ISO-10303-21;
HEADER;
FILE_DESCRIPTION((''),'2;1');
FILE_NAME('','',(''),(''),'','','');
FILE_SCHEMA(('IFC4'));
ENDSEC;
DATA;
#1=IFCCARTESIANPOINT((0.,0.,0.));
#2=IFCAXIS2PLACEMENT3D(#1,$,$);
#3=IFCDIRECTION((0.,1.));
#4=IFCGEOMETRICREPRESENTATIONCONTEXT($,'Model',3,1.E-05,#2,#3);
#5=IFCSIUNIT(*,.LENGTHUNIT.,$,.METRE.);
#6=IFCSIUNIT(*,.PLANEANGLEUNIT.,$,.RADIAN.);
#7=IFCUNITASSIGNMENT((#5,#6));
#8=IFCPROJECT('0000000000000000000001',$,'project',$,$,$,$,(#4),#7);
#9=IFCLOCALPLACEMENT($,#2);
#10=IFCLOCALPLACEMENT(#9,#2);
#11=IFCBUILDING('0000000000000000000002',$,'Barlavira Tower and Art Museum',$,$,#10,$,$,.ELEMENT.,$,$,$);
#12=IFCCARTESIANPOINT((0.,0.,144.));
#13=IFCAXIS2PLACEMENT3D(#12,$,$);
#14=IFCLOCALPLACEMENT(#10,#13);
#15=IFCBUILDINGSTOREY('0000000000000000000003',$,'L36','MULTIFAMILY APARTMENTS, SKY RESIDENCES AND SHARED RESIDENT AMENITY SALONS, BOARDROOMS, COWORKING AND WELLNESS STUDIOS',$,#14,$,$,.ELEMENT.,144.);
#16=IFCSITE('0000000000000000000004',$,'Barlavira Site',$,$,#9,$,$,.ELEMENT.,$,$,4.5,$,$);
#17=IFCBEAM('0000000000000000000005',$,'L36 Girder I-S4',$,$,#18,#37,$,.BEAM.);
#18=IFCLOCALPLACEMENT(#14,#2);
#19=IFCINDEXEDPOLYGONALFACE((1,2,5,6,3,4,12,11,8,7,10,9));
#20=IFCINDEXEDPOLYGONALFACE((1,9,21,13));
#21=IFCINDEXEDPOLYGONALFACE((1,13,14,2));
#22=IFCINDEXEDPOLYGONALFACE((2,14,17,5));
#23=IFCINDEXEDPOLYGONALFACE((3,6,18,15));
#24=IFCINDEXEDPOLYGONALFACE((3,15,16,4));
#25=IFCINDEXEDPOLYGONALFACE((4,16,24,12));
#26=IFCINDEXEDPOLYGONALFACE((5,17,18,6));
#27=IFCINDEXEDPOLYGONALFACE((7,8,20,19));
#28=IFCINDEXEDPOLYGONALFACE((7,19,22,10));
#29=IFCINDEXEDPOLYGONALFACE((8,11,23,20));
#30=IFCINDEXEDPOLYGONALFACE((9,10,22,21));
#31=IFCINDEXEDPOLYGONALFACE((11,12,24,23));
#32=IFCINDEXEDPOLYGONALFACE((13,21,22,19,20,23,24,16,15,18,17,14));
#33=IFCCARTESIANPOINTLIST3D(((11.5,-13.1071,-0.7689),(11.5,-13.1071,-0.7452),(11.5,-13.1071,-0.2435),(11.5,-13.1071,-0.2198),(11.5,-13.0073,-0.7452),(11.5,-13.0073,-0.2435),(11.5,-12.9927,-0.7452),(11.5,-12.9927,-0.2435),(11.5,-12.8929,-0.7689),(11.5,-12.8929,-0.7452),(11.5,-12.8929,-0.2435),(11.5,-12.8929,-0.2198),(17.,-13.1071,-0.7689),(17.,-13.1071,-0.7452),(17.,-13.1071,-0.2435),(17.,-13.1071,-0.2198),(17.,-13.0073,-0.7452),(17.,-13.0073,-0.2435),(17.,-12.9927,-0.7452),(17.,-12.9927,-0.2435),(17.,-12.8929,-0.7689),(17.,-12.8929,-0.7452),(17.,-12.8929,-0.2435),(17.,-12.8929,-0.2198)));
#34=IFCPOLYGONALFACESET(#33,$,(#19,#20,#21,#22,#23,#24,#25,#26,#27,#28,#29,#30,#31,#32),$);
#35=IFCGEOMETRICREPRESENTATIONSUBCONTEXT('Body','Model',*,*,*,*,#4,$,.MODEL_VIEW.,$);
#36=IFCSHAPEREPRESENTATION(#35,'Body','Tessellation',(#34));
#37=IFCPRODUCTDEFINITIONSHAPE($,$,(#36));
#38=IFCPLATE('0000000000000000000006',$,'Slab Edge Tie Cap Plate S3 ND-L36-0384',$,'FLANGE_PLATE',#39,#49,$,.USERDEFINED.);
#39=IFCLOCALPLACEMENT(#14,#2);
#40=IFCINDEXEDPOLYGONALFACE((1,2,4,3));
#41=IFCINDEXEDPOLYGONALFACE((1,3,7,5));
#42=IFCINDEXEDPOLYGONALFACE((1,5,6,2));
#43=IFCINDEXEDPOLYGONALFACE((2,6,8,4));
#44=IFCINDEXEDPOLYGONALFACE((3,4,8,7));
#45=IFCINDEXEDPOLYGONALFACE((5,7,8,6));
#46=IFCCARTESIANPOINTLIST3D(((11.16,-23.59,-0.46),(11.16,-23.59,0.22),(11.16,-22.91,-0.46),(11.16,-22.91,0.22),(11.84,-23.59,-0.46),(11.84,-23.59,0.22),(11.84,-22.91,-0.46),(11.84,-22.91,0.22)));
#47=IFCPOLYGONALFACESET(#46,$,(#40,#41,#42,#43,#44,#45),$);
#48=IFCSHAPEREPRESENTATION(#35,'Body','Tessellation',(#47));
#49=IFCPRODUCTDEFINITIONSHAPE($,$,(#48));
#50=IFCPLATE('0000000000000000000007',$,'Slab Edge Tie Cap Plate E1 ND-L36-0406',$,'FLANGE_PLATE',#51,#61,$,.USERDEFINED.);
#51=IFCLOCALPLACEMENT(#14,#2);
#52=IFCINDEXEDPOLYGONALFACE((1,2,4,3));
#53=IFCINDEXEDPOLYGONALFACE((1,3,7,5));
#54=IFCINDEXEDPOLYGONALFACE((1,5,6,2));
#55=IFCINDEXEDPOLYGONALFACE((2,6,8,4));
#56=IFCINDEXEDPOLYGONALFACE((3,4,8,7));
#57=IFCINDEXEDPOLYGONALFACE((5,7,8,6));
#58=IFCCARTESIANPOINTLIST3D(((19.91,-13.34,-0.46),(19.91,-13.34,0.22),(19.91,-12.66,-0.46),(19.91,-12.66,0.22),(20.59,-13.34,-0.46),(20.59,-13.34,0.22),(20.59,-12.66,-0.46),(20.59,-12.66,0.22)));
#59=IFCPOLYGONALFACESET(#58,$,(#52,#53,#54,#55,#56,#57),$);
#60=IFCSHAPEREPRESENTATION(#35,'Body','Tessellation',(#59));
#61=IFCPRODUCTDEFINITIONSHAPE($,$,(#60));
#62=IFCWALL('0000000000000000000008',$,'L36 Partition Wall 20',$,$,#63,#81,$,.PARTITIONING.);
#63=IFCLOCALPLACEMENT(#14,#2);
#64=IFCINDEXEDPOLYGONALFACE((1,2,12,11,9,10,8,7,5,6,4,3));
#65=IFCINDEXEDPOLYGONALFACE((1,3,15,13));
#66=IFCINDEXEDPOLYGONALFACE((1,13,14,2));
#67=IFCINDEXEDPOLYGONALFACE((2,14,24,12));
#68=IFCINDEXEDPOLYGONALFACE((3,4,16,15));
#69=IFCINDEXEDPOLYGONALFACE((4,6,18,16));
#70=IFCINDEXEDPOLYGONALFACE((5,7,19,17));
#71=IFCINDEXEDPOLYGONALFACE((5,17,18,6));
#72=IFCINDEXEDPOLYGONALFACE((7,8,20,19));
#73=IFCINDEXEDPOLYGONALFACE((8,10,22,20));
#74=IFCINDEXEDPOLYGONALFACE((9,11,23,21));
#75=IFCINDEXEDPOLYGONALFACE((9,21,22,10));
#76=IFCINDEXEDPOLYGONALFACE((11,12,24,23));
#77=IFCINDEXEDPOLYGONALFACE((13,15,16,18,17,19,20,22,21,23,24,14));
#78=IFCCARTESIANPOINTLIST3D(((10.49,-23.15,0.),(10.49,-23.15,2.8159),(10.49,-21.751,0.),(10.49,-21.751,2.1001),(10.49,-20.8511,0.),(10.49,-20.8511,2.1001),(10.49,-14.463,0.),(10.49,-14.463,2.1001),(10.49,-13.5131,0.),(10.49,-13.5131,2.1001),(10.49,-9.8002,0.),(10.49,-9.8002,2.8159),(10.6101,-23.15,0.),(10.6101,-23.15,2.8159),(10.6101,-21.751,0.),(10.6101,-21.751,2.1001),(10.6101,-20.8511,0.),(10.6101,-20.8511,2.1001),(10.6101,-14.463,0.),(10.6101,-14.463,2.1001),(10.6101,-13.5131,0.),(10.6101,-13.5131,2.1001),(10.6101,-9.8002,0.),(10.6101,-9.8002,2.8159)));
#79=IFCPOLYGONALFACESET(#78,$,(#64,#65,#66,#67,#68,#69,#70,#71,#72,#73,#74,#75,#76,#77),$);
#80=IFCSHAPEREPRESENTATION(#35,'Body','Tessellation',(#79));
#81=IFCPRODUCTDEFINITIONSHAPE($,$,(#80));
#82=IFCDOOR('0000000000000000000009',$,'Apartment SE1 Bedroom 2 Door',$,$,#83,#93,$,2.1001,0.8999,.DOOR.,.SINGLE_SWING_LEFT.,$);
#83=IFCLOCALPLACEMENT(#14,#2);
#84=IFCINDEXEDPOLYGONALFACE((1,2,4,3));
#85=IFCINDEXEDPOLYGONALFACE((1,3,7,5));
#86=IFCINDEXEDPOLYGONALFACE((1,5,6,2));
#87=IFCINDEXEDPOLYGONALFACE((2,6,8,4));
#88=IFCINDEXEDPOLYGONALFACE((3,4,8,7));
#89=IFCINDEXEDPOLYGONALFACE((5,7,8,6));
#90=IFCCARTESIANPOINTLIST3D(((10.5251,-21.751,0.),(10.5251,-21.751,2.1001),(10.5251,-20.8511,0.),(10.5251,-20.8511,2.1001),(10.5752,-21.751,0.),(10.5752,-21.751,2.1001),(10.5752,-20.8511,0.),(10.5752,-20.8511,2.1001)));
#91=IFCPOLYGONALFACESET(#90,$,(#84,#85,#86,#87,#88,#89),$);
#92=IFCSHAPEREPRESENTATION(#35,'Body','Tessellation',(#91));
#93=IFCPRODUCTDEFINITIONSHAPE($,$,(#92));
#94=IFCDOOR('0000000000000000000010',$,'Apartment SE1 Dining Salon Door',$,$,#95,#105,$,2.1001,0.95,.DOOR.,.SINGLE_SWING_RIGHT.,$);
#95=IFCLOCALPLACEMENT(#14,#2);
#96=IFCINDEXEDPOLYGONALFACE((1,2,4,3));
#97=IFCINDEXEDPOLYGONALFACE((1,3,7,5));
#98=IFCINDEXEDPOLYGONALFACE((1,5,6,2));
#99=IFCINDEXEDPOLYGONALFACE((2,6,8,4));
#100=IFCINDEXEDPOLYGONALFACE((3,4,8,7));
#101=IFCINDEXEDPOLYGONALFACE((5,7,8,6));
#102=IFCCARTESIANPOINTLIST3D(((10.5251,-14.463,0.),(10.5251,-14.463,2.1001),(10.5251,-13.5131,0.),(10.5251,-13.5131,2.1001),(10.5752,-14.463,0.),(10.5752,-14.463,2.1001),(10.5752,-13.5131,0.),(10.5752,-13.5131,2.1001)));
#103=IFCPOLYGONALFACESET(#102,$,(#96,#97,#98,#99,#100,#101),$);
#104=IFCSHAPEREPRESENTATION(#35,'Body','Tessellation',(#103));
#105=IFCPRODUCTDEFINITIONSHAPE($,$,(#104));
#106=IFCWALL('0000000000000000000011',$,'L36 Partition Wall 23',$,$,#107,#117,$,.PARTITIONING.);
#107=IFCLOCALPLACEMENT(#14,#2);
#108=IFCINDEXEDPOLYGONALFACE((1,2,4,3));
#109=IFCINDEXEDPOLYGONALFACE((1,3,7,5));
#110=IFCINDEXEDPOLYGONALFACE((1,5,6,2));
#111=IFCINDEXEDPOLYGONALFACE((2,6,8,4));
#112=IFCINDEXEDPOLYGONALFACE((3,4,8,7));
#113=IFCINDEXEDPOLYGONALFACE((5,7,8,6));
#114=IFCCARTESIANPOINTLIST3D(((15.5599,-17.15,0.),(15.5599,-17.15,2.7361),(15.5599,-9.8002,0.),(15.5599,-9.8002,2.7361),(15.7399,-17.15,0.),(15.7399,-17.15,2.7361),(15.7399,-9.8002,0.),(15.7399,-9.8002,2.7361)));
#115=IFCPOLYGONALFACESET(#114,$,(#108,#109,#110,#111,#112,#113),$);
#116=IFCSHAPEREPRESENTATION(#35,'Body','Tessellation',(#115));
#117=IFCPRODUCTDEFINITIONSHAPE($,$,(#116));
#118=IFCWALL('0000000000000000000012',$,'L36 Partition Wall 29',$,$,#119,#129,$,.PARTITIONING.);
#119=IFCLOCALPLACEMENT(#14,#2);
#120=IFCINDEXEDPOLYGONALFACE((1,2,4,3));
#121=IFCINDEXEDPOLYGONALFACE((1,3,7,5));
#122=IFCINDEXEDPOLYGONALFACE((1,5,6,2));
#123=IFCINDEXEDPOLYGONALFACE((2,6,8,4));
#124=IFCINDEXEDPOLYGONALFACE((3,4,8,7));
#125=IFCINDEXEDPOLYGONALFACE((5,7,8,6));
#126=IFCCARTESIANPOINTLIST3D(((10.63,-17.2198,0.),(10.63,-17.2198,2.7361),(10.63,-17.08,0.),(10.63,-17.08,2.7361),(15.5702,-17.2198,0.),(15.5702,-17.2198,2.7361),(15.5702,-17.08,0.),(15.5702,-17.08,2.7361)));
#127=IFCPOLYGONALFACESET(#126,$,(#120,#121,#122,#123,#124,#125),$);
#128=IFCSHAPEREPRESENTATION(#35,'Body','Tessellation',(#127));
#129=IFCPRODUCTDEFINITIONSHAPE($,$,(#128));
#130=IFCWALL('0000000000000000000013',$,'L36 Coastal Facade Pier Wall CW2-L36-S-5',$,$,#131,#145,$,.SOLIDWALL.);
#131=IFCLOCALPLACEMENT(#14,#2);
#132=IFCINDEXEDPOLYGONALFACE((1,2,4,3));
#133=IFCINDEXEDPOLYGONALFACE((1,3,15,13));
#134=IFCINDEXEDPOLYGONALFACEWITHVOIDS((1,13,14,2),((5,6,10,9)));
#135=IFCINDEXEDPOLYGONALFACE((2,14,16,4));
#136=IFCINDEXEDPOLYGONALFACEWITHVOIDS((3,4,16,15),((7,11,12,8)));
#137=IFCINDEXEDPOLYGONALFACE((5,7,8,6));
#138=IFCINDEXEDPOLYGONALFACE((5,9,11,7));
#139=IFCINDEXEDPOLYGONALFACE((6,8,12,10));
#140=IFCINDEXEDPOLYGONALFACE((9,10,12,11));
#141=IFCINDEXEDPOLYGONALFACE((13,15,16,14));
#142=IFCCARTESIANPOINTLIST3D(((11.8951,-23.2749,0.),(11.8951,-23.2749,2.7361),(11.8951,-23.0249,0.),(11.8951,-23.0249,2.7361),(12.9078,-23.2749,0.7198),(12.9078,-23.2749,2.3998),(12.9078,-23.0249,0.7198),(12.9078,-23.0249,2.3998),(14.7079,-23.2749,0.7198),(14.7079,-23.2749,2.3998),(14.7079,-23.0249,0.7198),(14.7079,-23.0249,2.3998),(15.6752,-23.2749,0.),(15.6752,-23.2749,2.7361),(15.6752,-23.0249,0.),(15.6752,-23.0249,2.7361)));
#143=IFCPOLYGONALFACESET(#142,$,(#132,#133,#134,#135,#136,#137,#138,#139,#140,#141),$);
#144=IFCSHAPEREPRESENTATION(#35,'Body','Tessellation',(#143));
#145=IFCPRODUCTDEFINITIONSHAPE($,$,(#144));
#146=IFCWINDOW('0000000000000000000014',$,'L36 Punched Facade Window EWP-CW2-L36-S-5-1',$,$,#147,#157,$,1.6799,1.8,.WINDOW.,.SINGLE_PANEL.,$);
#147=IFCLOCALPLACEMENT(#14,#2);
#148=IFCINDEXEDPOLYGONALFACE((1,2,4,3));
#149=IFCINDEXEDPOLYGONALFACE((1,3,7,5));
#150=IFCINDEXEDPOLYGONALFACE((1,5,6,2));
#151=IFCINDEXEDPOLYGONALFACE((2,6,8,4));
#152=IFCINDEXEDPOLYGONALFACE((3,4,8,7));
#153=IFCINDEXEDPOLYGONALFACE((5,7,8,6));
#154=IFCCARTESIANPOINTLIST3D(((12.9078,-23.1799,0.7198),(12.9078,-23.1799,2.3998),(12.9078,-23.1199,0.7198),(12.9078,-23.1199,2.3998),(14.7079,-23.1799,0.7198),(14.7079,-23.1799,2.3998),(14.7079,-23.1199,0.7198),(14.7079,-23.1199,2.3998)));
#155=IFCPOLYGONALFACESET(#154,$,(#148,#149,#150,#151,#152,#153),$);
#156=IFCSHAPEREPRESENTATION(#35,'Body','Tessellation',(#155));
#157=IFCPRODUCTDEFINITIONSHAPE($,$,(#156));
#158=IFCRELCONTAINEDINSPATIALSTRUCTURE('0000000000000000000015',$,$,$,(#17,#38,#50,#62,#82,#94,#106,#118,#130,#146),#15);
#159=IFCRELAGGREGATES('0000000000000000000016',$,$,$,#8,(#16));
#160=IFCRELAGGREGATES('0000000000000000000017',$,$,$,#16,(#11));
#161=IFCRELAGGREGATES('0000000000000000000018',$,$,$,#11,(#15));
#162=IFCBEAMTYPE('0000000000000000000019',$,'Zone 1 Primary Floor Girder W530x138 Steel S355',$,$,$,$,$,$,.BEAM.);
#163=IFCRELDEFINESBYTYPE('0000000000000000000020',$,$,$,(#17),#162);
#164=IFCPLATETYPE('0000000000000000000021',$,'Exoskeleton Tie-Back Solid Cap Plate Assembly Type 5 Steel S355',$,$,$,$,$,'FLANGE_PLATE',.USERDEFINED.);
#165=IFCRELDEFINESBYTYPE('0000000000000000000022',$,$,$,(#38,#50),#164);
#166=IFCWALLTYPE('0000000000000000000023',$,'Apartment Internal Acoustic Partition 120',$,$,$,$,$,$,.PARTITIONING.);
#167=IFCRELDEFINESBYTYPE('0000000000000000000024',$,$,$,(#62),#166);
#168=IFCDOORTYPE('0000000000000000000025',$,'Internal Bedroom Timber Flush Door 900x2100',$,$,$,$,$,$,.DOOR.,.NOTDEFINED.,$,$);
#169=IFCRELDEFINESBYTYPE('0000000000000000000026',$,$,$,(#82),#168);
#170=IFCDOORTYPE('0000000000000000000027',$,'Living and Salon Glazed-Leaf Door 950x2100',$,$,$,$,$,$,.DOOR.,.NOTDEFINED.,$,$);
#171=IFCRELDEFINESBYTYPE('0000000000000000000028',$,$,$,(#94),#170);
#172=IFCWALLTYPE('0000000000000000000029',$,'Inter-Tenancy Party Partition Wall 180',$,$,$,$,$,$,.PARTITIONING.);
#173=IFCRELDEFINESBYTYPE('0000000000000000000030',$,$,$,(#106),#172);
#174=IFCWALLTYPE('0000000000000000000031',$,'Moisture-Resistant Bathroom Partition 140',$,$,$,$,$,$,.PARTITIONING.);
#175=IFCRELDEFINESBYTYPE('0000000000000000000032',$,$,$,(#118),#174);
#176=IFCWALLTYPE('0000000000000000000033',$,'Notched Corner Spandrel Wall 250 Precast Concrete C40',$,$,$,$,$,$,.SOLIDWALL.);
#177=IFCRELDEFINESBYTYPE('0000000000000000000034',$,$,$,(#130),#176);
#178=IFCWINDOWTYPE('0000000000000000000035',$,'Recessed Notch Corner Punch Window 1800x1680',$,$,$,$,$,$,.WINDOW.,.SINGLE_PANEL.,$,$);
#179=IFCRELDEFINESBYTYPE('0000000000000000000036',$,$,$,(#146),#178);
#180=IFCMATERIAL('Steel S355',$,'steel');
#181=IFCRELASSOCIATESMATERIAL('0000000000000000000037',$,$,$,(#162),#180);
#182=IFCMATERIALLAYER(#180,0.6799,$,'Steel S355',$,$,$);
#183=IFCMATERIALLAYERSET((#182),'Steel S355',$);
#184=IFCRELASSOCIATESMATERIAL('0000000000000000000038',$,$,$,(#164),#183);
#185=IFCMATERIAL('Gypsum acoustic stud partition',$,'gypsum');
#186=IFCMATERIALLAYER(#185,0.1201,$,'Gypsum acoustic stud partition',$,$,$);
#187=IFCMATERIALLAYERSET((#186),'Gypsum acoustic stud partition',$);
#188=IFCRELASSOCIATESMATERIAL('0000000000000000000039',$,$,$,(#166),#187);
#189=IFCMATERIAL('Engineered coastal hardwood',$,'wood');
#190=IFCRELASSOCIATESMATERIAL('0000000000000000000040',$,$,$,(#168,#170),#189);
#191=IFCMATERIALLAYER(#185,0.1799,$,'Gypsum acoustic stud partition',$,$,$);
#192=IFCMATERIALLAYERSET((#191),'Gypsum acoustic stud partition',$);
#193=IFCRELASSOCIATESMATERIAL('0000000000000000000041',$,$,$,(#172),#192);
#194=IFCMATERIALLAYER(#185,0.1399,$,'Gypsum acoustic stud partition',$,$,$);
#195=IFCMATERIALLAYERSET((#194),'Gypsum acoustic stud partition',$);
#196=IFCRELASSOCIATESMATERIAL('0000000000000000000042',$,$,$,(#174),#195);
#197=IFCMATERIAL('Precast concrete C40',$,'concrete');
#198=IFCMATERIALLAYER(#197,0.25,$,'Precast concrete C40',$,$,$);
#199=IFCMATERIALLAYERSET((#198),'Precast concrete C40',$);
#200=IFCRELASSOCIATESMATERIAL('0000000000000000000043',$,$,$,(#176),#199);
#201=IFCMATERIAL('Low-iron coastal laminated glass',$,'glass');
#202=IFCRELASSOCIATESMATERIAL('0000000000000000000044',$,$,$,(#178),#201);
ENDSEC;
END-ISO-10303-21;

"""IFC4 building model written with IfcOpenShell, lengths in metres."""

from ifc_helpers import new_model, si_unit, direction, frame, frame_2d, origin, origin_2d, place, context, subcontext, project, spatial, rectangle, i_section, extrude, material, layer, layer_set, material_profile, profile_set, type_object, element, fill, save


model = new_model("IFC4")

# Units and contexts
model_context = context("Model", 3, precision=1e-05, world=origin(), true_north=direction((0.0, 1.0)))
body_context = subcontext(model_context, "Body", "Model", "MODEL_VIEW")
ifc_project = project(units=[si_unit("LENGTHUNIT", "METRE"), si_unit("PLANEANGLEUNIT", "RADIAN")], contexts=[model_context])

# Site, building, storey
site_placement = place(None, origin())
site = spatial("IfcSite", under=ifc_project, at=site_placement, Name="Barlavira Site", CompositionType="ELEMENT", RefElevation=4.5)
building_placement = place(site_placement, origin())
building = spatial("IfcBuilding", under=site, at=building_placement, Name="Barlavira Tower and Art Museum", CompositionType="ELEMENT")
storey_placement = place(building_placement, frame((0.0, 0.0, 144.0)))
storey = spatial("IfcBuildingStorey", under=building, at=storey_placement, Name="L36", Description="MULTIFAMILY APARTMENTS, SKY RESIDENCES AND SHARED RESIDENT AMENITY SALONS, BOARDROOMS, COWORKING AND WELLNESS STUDIOS", CompositionType="ELEMENT", Elevation=144.0)

# Shared definitions
ifc_material_1 = material(Name="Steel S355", Category="steel")

# Beam
ifc_material_profile_1 = material_profile(ifc_material_1, i_section(OverallWidth=0.2141, OverallDepth=0.5491, WebThickness=0.0146, FlangeThickness=0.0237, at=origin_2d()), Name="W530x138.0")
ifc_profile_set_1 = profile_set([ifc_material_profile_1], Name="Steel S355")
beam_type_1 = type_object("IfcBeamType", Name="Zone 1 Primary Floor Girder W530x138 Steel S355", PredefinedType="BEAM", material=ifc_profile_set_1)
for number, where, z_axis, x_axis, name in (
    (1, (11.5, -13.0, -0.4944), (1.0, 0.0, 0.0), (0.0, 1.0, 0.0), "L36 Girder I-S4"),
):
    element("IfcBeam", number, at=place(storey_placement, frame(where, z_axis=z_axis, x_axis=x_axis)), inside=storey, type_object=beam_type_1, Name=name, PredefinedType="BEAM", context=body_context, shape_type="SweptSolid", body=[
        extrude(i_section(OverallWidth=0.2141, OverallDepth=0.5491, WebThickness=0.0146, FlangeThickness=0.0237, at=origin_2d()), origin(), (0.0, 0.0, 1.0), 5.5),
    ])

# Plates
ifc_layer_1 = layer(ifc_material_1, 0.6799, Name="Steel S355")
ifc_layer_set_1 = layer_set([ifc_layer_1], Name="Steel S355")
plate_type = type_object("IfcPlateType", Name="Exoskeleton Tie-Back Solid Cap Plate Assembly Type 5 Steel S355", ElementType="FLANGE_PLATE", PredefinedType="USERDEFINED", material=ifc_layer_set_1)
for number, where, z_axis, x_axis, name in (
    (2, (11.5, -23.25, -0.46), (0.0, 0.0, 1.0), (1.0, 0.0, 0.0), "Slab Edge Tie Cap Plate S3 ND-L36-0384"),
    (3, (20.25, -13.0, -0.46), (0.0, 0.0, 1.0), (1.0, 0.0, 0.0), "Slab Edge Tie Cap Plate E1 ND-L36-0406"),
):
    element("IfcPlate", number, at=place(storey_placement, frame(where, z_axis=z_axis, x_axis=x_axis)), inside=storey, type_object=plate_type, Name=name, ObjectType="FLANGE_PLATE", PredefinedType="USERDEFINED", context=body_context, shape_type="SweptSolid", body=[
        extrude(rectangle(XDim=0.6799, YDim=0.6799, at=origin_2d()), origin(), (0.0, 0.0, 1.0), 0.6799),
    ])

# Wall, openings, doors
ifc_material_2 = material(Name="Gypsum acoustic stud partition", Category="gypsum")
ifc_layer_2 = layer(ifc_material_2, 0.1201, Name="Gypsum acoustic stud partition")
ifc_layer_set_2 = layer_set([ifc_layer_2], Name="Gypsum acoustic stud partition")
wall_type_1 = type_object("IfcWallType", Name="Apartment Internal Acoustic Partition 120", PredefinedType="PARTITIONING", material=ifc_layer_set_2)
wall_1_placement = place(storey_placement, frame((10.55, -23.1499, 0.0), z_axis=(0.0, 0.0, 1.0), x_axis=(0.0, 1.0, 0.0)))
wall_1 = element("IfcWall", 4, at=wall_1_placement, inside=storey, type_object=wall_type_1, Name="L36 Partition Wall 20", PredefinedType="PARTITIONING", context=body_context, shape_type="SweptSolid", body=[
    extrude(rectangle(XDim=13.3499, YDim=0.1201, at=frame_2d((6.6748, 0.0))), origin(), (0.0, 0.0, 1.0), 2.8159),
])
opening_1_placement = place(wall_1_placement, frame((8.6868, 0.0, 0.0)))
opening_1 = element("IfcOpeningElement", 5, at=opening_1_placement, cuts=wall_1, PredefinedType="OPENING", context=body_context, shape_type="SweptSolid", body=[
    extrude(rectangle(XDim=0.95, YDim=2.1001, at=frame_2d((0.4751, 1.05))), frame((0.0, 0.0701, 0.0), z_axis=(0.0, -1.0, 0.0), x_axis=(1.0, 0.0, 0.0)), (0.0, 0.0, 1.0), 0.1401),
])
opening_2_placement = place(wall_1_placement, frame((1.3989, 0.0, 0.0)))
opening_2 = element("IfcOpeningElement", 6, at=opening_2_placement, cuts=wall_1, PredefinedType="OPENING", context=body_context, shape_type="SweptSolid", body=[
    extrude(rectangle(XDim=0.8999, YDim=2.1001, at=frame_2d((0.45, 1.05))), frame((0.0, 0.0701, 0.0), z_axis=(0.0, -1.0, 0.0), x_axis=(1.0, 0.0, 0.0)), (0.0, 0.0, 1.0), 0.1401),
])
ifc_material_3 = material(Name="Engineered coastal hardwood", Category="wood")
door_type_1 = type_object("IfcDoorType", Name="Internal Bedroom Timber Flush Door 900x2100", OperationType="NOTDEFINED", PredefinedType="DOOR", material=ifc_material_3)
door_1_placement = place(opening_2_placement, origin())
door_1 = element("IfcDoor", 7, at=door_1_placement, inside=storey, type_object=door_type_1, Name="Apartment SE1 Bedroom 2 Door", OperationType="SINGLE_SWING_LEFT", OverallHeight=2.1001, OverallWidth=0.8999, PredefinedType="DOOR", context=body_context, shape_type="SweptSolid", body=[
    extrude(rectangle(XDim=0.8999, YDim=2.1001, at=frame_2d((0.45, 1.05))), frame((0.0, 0.0249, 0.0), z_axis=(0.0, -1.0, 0.0), x_axis=(1.0, 0.0, 0.0)), (0.0, 0.0, 1.0), 0.05),
])
fill(opening_2, door_1)
door_type_2 = type_object("IfcDoorType", Name="Living and Salon Glazed-Leaf Door 950x2100", OperationType="NOTDEFINED", PredefinedType="DOOR", material=ifc_material_3)
door_2_placement = place(opening_1_placement, origin())
door_2 = element("IfcDoor", 8, at=door_2_placement, inside=storey, type_object=door_type_2, Name="Apartment SE1 Dining Salon Door", OperationType="SINGLE_SWING_RIGHT", OverallHeight=2.1001, OverallWidth=0.95, PredefinedType="DOOR", context=body_context, shape_type="SweptSolid", body=[
    extrude(rectangle(XDim=0.95, YDim=2.1001, at=frame_2d((0.4751, 1.05))), frame((0.0, 0.0249, 0.0), z_axis=(0.0, -1.0, 0.0), x_axis=(1.0, 0.0, 0.0)), (0.0, 0.0, 1.0), 0.05),
])
fill(opening_1, door_2)

# Walls
ifc_layer_3 = layer(ifc_material_2, 0.1799, Name="Gypsum acoustic stud partition")
ifc_layer_set_3 = layer_set([ifc_layer_3], Name="Gypsum acoustic stud partition")
wall_type_2 = type_object("IfcWallType", Name="Inter-Tenancy Party Partition Wall 180", PredefinedType="PARTITIONING", material=ifc_layer_set_3)
wall_2_placement = place(storey_placement, frame((15.6499, -17.1499, 0.0), z_axis=(0.0, 0.0, 1.0), x_axis=(0.0, 1.0, 0.0)))
element("IfcWall", 9, at=wall_2_placement, inside=storey, type_object=wall_type_2, Name="L36 Partition Wall 23", PredefinedType="PARTITIONING", context=body_context, shape_type="SweptSolid", body=[
    extrude(rectangle(XDim=7.3499, YDim=0.1799, at=frame_2d((3.6748, 0.0))), origin(), (0.0, 0.0, 1.0), 2.7361),
])
ifc_layer_4 = layer(ifc_material_2, 0.1399, Name="Gypsum acoustic stud partition")
ifc_layer_set_4 = layer_set([ifc_layer_4], Name="Gypsum acoustic stud partition")
wall_type_3 = type_object("IfcWallType", Name="Moisture-Resistant Bathroom Partition 140", PredefinedType="PARTITIONING", material=ifc_layer_set_4)
wall_3_placement = place(storey_placement, frame((10.6299, -17.1499, 0.0), z_axis=(0.0, 0.0, 1.0), x_axis=(1.0, 0.0, 0.0)))
element("IfcWall", 10, at=wall_3_placement, inside=storey, type_object=wall_type_3, Name="L36 Partition Wall 29", PredefinedType="PARTITIONING", context=body_context, shape_type="SweptSolid", body=[
    extrude(rectangle(XDim=4.9402, YDim=0.1399, at=frame_2d((2.4702, 0.0))), origin(), (0.0, 0.0, 1.0), 2.7361),
])

# Wall, opening, window
ifc_material_4 = material(Name="Precast concrete C40", Category="concrete")
ifc_layer_5 = layer(ifc_material_4, 0.25, Name="Precast concrete C40")
ifc_layer_set_5 = layer_set([ifc_layer_5], Name="Precast concrete C40")
wall_type_4 = type_object("IfcWallType", Name="Notched Corner Spandrel Wall 250 Precast Concrete C40", PredefinedType="SOLIDWALL", material=ifc_layer_set_5)
wall_4_placement = place(storey_placement, frame((11.895, -23.1499, 0.0), z_axis=(0.0, 0.0, 1.0), x_axis=(1.0, 0.0, 0.0)))
wall_4 = element("IfcWall", 11, at=wall_4_placement, inside=storey, type_object=wall_type_4, Name="L36 Coastal Facade Pier Wall CW2-L36-S-5", PredefinedType="SOLIDWALL", context=body_context, shape_type="SweptSolid", body=[
    extrude(rectangle(XDim=3.78, YDim=0.25, at=frame_2d((1.8901, 0.0))), origin(), (0.0, 0.0, 1.0), 2.7361),
])
opening_3_placement = place(wall_4_placement, frame((1.0129, 0.0, 0.72)))
opening_3 = element("IfcOpeningElement", 12, at=opening_3_placement, cuts=wall_4, PredefinedType="OPENING", context=body_context, shape_type="SweptSolid", body=[
    extrude(rectangle(XDim=1.8, YDim=1.6799, at=frame_2d((0.8999, 0.8398))), frame((0.0, 0.135, 0.0), z_axis=(0.0, -1.0, 0.0), x_axis=(1.0, 0.0, 0.0)), (0.0, 0.0, 1.0), 0.27),
])
ifc_material_5 = material(Name="Low-iron coastal laminated glass", Category="glass")
window_type = type_object("IfcWindowType", Name="Recessed Notch Corner Punch Window 1800x1680", PartitioningType="SINGLE_PANEL", PredefinedType="WINDOW", material=ifc_material_5)
window_1_placement = place(opening_3_placement, origin())
window_1 = element("IfcWindow", 13, at=window_1_placement, inside=storey, type_object=window_type, Name="L36 Punched Facade Window EWP-CW2-L36-S-5-1", OverallHeight=1.6799, OverallWidth=1.8, PartitioningType="SINGLE_PANEL", PredefinedType="WINDOW", context=body_context, shape_type="SweptSolid", body=[
    extrude(rectangle(XDim=1.8, YDim=1.6799, at=frame_2d((0.8999, 0.8398))), frame((0.0, 0.03, 0.0), z_axis=(0.0, -1.0, 0.0), x_axis=(1.0, 0.0, 0.0)), (0.0, 0.0, 1.0), 0.0601),
])
fill(opening_3, window_1)

save(model, "model.ifc")
